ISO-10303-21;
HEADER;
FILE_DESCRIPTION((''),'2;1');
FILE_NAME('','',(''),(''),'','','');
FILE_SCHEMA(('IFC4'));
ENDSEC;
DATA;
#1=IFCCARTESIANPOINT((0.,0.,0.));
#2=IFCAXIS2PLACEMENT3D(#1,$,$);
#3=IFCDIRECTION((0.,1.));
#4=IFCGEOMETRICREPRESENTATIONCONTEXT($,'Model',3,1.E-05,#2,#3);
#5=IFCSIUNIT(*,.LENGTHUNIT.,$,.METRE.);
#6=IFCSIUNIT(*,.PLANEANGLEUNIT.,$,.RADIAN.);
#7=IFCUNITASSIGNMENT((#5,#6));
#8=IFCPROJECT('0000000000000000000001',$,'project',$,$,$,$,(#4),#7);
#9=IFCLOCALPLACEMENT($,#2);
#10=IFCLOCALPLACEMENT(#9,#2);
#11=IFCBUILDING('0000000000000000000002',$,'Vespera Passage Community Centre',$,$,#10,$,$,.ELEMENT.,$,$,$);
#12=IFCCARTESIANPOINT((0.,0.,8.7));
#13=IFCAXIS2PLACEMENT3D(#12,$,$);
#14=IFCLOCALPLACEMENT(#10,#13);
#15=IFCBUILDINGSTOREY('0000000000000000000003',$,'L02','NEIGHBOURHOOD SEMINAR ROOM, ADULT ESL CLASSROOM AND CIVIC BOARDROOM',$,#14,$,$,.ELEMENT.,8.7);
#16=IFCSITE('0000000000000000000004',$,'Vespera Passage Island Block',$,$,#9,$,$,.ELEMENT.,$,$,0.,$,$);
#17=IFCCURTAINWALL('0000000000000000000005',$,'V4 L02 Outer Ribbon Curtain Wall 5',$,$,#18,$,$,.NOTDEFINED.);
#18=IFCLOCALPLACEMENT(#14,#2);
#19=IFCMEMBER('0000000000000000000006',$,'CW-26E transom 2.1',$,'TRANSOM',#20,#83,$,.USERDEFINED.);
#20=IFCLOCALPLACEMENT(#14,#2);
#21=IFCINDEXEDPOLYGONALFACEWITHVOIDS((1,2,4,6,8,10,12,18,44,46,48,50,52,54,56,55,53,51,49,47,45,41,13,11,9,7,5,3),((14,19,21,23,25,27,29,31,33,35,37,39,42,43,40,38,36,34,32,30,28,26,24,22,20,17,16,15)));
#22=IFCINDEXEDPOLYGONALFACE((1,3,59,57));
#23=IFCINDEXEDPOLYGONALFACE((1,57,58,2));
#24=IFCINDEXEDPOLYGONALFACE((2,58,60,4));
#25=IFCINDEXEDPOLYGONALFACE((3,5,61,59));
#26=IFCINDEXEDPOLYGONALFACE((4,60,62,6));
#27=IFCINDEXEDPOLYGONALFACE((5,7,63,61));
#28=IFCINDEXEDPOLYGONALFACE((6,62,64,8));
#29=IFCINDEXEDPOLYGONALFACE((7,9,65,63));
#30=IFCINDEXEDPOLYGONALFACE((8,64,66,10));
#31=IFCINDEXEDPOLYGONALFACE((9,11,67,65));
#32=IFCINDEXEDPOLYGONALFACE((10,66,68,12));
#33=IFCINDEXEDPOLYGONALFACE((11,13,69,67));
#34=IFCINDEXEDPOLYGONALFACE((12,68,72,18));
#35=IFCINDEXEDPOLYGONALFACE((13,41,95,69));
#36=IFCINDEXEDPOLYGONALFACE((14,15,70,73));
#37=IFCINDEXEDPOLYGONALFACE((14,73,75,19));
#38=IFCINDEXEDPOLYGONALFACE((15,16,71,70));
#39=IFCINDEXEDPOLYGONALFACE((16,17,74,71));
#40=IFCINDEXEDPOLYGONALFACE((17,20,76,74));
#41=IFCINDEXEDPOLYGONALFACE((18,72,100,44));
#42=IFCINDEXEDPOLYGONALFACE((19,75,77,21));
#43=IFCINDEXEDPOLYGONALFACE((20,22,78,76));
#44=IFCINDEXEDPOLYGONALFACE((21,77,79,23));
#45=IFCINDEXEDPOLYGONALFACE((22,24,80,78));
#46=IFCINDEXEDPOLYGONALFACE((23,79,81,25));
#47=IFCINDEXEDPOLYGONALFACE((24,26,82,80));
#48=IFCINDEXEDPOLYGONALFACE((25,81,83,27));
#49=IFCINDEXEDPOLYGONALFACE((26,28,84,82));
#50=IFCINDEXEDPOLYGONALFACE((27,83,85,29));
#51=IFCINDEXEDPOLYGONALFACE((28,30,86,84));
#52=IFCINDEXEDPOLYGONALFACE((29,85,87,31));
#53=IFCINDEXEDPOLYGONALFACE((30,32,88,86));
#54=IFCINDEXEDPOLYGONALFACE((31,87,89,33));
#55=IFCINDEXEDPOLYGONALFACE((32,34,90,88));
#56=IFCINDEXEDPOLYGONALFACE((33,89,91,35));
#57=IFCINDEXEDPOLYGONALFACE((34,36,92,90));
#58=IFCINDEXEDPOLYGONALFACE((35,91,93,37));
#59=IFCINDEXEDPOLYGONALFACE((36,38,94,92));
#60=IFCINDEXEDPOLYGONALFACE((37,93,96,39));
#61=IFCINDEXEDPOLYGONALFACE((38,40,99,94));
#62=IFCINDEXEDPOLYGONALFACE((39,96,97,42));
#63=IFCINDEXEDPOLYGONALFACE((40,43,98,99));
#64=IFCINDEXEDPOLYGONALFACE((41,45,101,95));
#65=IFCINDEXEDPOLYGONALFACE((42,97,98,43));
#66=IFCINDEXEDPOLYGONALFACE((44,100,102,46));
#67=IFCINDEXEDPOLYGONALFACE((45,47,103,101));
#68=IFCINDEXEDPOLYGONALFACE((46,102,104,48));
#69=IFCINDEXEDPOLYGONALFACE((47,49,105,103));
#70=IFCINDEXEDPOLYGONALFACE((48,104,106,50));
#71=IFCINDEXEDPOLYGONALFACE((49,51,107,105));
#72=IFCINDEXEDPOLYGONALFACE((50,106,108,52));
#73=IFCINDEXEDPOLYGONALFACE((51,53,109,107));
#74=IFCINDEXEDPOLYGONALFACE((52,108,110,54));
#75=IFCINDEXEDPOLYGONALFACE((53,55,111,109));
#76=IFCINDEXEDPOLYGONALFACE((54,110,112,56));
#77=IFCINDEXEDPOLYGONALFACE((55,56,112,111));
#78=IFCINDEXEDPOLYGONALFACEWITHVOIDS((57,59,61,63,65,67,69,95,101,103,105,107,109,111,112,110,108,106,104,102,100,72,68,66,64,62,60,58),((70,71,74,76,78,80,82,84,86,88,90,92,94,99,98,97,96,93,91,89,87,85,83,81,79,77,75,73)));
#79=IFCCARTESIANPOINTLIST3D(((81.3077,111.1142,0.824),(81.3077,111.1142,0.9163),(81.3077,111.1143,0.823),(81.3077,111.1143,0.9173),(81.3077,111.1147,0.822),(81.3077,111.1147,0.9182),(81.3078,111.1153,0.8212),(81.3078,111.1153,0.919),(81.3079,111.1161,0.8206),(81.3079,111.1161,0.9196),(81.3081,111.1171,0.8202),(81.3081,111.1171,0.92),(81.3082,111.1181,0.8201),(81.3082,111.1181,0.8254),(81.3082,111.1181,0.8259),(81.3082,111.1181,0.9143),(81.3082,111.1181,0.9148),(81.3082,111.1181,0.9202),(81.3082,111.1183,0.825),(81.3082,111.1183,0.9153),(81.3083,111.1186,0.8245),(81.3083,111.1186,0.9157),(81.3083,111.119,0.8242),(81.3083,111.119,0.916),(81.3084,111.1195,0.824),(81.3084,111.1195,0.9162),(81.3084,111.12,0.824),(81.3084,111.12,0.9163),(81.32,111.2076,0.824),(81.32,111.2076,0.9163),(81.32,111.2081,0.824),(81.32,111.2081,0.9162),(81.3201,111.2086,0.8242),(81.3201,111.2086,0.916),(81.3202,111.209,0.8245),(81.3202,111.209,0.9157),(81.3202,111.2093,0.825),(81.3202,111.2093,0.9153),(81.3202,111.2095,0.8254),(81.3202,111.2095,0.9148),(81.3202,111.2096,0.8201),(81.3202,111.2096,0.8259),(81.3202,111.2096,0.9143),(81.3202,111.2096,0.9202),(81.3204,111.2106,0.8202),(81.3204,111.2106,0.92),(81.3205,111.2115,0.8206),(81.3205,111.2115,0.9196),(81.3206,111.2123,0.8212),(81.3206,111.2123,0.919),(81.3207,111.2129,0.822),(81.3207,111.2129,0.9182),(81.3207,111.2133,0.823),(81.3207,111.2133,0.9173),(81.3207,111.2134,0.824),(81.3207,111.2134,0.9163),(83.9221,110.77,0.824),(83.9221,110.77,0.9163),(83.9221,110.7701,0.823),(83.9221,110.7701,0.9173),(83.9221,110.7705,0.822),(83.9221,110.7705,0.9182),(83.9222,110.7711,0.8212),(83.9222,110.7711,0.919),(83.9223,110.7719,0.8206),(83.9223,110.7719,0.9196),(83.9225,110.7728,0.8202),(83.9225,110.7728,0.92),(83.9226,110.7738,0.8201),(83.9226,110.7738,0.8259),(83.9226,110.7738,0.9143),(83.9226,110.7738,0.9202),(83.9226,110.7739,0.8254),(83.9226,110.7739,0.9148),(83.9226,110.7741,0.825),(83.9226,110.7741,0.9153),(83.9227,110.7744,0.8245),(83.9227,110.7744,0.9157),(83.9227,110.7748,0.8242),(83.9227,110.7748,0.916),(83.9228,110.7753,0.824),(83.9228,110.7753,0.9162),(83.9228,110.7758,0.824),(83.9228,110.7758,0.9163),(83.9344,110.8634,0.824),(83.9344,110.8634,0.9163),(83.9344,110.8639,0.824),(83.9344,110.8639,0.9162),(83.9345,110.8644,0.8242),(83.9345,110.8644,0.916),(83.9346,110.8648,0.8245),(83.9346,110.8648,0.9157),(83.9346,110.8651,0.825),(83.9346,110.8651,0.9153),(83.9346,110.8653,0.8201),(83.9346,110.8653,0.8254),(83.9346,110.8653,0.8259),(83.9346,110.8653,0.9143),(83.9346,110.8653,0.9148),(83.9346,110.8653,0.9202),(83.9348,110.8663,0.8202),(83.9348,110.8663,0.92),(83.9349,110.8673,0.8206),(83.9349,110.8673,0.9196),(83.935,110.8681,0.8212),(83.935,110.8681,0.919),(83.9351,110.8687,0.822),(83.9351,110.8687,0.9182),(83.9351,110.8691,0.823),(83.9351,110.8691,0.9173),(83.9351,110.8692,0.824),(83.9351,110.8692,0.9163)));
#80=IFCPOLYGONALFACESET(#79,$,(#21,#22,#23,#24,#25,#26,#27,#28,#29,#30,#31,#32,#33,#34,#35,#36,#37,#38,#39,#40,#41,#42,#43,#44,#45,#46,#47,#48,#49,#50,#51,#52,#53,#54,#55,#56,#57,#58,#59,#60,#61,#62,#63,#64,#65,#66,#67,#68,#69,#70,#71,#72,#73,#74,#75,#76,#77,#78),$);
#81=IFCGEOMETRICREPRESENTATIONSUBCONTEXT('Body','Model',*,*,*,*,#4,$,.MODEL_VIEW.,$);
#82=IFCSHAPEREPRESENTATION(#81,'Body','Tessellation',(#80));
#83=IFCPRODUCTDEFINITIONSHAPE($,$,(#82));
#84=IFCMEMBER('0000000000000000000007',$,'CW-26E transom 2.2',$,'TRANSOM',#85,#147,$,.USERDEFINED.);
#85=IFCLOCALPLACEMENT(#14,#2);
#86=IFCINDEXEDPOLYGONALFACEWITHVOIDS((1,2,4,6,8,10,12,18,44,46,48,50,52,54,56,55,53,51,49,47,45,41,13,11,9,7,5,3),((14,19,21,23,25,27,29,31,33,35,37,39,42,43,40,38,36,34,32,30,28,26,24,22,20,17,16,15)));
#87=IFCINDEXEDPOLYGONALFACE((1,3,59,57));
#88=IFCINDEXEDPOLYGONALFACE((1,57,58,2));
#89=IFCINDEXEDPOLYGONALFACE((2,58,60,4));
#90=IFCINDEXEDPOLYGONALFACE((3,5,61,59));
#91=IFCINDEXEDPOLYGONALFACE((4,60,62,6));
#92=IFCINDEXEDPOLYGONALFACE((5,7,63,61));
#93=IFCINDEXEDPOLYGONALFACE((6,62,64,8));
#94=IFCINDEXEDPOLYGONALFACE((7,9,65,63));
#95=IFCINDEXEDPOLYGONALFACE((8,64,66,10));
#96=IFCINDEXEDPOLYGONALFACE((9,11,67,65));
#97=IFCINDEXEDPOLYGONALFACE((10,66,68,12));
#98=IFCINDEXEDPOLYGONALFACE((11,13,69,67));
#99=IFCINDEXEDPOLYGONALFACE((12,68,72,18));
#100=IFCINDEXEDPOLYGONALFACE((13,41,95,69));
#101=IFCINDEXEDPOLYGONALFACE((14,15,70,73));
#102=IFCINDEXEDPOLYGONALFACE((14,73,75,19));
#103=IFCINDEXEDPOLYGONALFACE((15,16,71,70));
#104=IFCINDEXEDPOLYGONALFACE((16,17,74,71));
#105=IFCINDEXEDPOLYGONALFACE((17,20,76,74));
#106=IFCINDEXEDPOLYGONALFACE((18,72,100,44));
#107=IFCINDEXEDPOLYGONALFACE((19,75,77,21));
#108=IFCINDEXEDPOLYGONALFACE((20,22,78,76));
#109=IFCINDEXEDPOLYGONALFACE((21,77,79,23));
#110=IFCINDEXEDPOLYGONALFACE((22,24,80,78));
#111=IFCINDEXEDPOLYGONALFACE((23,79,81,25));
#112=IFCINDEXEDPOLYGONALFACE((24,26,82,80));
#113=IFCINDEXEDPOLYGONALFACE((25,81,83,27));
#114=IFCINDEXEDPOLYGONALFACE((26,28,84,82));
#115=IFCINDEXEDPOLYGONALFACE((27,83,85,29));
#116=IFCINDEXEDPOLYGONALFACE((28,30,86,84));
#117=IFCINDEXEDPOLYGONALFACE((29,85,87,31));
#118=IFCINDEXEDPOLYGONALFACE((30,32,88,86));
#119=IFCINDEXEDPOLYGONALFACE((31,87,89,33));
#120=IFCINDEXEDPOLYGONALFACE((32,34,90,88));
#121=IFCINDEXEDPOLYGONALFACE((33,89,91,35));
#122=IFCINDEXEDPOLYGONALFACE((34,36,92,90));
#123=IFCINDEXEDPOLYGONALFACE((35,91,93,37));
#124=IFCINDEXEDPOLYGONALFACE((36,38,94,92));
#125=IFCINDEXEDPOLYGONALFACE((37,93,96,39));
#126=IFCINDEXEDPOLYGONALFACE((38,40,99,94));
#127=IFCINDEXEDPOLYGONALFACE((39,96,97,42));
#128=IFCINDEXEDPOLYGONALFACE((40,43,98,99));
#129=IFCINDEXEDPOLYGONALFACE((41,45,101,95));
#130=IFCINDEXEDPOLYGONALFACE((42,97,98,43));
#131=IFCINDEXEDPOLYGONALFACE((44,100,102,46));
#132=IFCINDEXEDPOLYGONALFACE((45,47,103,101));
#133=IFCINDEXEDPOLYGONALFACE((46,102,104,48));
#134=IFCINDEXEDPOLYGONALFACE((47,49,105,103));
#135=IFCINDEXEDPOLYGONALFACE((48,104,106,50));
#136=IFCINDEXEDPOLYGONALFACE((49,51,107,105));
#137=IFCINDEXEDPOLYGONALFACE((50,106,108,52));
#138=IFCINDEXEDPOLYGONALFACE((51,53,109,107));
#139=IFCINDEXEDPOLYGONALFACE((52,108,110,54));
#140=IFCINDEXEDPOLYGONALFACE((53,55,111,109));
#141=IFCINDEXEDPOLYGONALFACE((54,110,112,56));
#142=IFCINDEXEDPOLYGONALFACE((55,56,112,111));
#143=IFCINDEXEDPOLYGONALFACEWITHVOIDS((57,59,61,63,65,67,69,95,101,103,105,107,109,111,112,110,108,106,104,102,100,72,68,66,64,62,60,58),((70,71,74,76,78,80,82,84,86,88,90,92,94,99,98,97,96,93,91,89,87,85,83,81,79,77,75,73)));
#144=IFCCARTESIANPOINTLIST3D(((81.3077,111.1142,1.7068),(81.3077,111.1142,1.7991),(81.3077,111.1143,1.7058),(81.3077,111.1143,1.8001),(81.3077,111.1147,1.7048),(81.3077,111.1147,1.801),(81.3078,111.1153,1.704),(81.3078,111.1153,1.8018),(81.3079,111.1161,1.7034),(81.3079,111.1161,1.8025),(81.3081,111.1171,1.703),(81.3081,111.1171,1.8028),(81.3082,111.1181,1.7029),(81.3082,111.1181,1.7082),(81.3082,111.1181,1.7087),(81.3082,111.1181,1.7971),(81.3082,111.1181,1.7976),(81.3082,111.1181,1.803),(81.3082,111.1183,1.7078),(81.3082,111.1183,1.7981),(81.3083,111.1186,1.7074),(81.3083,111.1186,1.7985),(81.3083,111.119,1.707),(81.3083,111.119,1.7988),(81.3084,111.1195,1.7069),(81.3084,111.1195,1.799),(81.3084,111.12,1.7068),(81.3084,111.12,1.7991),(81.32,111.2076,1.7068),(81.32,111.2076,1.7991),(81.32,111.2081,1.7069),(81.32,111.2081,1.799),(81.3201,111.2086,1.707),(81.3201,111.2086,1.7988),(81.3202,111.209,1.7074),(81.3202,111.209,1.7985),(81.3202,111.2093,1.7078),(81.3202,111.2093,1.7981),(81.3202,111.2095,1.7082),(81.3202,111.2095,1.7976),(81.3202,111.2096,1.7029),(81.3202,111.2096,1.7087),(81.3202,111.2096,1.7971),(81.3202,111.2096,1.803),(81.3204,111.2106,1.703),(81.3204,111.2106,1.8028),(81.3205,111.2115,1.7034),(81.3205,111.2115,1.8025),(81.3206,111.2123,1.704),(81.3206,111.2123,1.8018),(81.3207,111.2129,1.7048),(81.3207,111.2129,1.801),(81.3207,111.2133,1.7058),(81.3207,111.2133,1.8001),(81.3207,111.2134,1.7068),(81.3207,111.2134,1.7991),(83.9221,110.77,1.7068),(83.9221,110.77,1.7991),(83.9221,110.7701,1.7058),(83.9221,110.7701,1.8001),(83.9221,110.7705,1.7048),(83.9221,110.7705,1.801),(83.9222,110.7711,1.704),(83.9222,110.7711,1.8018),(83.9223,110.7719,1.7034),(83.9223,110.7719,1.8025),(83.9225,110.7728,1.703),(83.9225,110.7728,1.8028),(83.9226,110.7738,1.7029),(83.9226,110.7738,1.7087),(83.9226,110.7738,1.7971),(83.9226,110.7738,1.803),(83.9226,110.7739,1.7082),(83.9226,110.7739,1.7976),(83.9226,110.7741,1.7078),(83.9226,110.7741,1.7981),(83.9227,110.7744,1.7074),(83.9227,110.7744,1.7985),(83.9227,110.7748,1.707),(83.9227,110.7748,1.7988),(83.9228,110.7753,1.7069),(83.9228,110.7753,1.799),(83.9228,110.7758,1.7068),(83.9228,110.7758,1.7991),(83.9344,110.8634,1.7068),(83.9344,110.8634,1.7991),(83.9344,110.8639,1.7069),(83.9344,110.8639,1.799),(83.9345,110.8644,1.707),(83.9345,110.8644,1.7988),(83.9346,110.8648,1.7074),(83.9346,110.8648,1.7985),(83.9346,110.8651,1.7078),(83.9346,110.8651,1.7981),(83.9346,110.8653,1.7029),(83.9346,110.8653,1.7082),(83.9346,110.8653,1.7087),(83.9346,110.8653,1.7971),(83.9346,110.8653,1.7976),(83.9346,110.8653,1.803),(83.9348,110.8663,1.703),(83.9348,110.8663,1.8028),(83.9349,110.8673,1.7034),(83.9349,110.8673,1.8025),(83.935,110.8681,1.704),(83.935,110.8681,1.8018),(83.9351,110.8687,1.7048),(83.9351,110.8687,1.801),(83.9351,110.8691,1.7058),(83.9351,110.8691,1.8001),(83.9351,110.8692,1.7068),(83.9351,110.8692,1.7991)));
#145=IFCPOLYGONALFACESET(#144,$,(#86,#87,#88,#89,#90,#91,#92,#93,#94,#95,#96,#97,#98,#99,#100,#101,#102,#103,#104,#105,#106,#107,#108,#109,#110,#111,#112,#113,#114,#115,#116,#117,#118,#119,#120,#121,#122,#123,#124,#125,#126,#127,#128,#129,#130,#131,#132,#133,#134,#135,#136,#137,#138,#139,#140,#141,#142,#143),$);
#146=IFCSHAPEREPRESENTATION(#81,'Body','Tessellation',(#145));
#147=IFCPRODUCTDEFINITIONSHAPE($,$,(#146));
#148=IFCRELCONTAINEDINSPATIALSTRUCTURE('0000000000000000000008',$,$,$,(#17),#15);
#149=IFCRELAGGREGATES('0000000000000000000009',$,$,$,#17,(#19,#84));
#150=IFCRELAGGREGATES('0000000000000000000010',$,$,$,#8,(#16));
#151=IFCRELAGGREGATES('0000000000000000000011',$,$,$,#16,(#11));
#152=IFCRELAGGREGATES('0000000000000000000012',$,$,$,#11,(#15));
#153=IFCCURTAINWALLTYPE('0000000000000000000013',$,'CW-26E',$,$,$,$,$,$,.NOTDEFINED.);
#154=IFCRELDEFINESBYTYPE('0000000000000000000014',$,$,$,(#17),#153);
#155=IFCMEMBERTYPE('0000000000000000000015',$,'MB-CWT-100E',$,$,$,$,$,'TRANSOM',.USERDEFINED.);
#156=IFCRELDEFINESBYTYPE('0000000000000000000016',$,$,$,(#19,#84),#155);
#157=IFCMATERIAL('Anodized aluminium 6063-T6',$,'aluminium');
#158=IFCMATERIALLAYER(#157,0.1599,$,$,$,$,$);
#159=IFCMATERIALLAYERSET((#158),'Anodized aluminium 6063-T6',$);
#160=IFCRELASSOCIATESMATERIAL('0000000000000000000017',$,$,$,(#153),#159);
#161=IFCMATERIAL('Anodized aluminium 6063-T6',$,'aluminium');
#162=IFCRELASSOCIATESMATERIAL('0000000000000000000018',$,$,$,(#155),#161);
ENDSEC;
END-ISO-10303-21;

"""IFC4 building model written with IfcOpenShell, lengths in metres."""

from ifc_helpers import new_model, si_unit, direction, frame, origin, origin_2d, place, context, subcontext, project, spatial, hollow_rectangle, extrude, material, layer, layer_set, material_profile, profile_set, type_object, element, aggregate, save


model = new_model("IFC4")

# Units and contexts
model_context = context("Model", 3, precision=1e-05, world=origin(), true_north=direction((0.0, 1.0)))
body_context = subcontext(model_context, "Body", "Model", "MODEL_VIEW")
ifc_project = project(units=[si_unit("LENGTHUNIT", "METRE"), si_unit("PLANEANGLEUNIT", "RADIAN")], contexts=[model_context])

# Site, building, storey
site_placement = place(None, origin())
site = spatial("IfcSite", under=ifc_project, at=site_placement, Name="Vespera Passage Island Block", CompositionType="ELEMENT", RefElevation=0.0)
building_placement = place(site_placement, origin())
building = spatial("IfcBuilding", under=site, at=building_placement, Name="Vespera Passage Community Centre", CompositionType="ELEMENT")
storey_placement = place(building_placement, frame((0.0, 0.0, 8.7)))
storey = spatial("IfcBuildingStorey", under=building, at=storey_placement, Name="L02", Description="NEIGHBOURHOOD SEMINAR ROOM, ADULT ESL CLASSROOM AND CIVIC BOARDROOM", CompositionType="ELEMENT", Elevation=8.7)

# Curtain wall, members
ifc_material_1 = material(Name="Anodized aluminium 6063-T6", Category="aluminium")
ifc_layer_1 = layer(ifc_material_1, 0.1599)
ifc_layer_set_1 = layer_set([ifc_layer_1], Name="Anodized aluminium 6063-T6")
curtain_wall_type_1 = type_object("IfcCurtainWallType", Name="CW-26E", PredefinedType="NOTDEFINED", material=ifc_layer_set_1)
curtain_wall_1_placement = place(storey_placement, origin())
curtain_wall_1 = element("IfcCurtainWall", 1, at=curtain_wall_1_placement, inside=storey, type_object=curtain_wall_type_1, Name="V4 L02 Outer Ribbon Curtain Wall 5", PredefinedType="NOTDEFINED")
ifc_material_2 = material(Name="Anodized aluminium 6063-T6", Category="aluminium")
ifc_material_profile_1 = material_profile(ifc_material_2, hollow_rectangle(XDim=0.1001, YDim=0.1001, WallThickness=0.0039, InnerFilletRadius=0.002, OuterFilletRadius=0.0039, at=origin_2d()), Name="ALU100X100X4")
ifc_profile_set_1 = profile_set([ifc_material_profile_1], Name="Anodized aluminium 6063-T6")
member_type_1 = type_object("IfcMemberType", Name="MB-CWT-100E", ElementType="TRANSOM", PredefinedType="USERDEFINED", material=ifc_profile_set_1)
member_1_placement = place(storey_placement, frame((81.3142, 111.1638, 0.8701), z_axis=(0.991443, -0.130538, 0.0), x_axis=(0.130538, 0.991443, 0.0)))
member_1 = element("IfcMember", 2, at=member_1_placement, type_object=member_type_1, Name="CW-26E transom 2.1", ObjectType="TRANSOM", PredefinedType="USERDEFINED", context=body_context, shape_type="SweptSolid", body=[
    extrude(hollow_rectangle(XDim=0.1001, YDim=0.1001, WallThickness=0.0039, InnerFilletRadius=0.002, OuterFilletRadius=0.0039, at=origin_2d()), origin(), (0.0, 0.0, 1.0), 2.637),
])
member_2_placement = place(storey_placement, frame((81.3142, 111.1638, 1.7529), z_axis=(0.991443, -0.130538, 0.0), x_axis=(0.130538, 0.991443, 0.0)))
member_2 = element("IfcMember", 3, at=member_2_placement, type_object=member_type_1, Name="CW-26E transom 2.2", ObjectType="TRANSOM", PredefinedType="USERDEFINED", context=body_context, shape_type="SweptSolid", body=[
    extrude(hollow_rectangle(XDim=0.1001, YDim=0.1001, WallThickness=0.0039, InnerFilletRadius=0.002, OuterFilletRadius=0.0039, at=origin_2d()), origin(), (0.0, 0.0, 1.0), 2.637),
])

aggregate(curtain_wall_1, [member_1, member_2])

save(model, "model.ifc")
